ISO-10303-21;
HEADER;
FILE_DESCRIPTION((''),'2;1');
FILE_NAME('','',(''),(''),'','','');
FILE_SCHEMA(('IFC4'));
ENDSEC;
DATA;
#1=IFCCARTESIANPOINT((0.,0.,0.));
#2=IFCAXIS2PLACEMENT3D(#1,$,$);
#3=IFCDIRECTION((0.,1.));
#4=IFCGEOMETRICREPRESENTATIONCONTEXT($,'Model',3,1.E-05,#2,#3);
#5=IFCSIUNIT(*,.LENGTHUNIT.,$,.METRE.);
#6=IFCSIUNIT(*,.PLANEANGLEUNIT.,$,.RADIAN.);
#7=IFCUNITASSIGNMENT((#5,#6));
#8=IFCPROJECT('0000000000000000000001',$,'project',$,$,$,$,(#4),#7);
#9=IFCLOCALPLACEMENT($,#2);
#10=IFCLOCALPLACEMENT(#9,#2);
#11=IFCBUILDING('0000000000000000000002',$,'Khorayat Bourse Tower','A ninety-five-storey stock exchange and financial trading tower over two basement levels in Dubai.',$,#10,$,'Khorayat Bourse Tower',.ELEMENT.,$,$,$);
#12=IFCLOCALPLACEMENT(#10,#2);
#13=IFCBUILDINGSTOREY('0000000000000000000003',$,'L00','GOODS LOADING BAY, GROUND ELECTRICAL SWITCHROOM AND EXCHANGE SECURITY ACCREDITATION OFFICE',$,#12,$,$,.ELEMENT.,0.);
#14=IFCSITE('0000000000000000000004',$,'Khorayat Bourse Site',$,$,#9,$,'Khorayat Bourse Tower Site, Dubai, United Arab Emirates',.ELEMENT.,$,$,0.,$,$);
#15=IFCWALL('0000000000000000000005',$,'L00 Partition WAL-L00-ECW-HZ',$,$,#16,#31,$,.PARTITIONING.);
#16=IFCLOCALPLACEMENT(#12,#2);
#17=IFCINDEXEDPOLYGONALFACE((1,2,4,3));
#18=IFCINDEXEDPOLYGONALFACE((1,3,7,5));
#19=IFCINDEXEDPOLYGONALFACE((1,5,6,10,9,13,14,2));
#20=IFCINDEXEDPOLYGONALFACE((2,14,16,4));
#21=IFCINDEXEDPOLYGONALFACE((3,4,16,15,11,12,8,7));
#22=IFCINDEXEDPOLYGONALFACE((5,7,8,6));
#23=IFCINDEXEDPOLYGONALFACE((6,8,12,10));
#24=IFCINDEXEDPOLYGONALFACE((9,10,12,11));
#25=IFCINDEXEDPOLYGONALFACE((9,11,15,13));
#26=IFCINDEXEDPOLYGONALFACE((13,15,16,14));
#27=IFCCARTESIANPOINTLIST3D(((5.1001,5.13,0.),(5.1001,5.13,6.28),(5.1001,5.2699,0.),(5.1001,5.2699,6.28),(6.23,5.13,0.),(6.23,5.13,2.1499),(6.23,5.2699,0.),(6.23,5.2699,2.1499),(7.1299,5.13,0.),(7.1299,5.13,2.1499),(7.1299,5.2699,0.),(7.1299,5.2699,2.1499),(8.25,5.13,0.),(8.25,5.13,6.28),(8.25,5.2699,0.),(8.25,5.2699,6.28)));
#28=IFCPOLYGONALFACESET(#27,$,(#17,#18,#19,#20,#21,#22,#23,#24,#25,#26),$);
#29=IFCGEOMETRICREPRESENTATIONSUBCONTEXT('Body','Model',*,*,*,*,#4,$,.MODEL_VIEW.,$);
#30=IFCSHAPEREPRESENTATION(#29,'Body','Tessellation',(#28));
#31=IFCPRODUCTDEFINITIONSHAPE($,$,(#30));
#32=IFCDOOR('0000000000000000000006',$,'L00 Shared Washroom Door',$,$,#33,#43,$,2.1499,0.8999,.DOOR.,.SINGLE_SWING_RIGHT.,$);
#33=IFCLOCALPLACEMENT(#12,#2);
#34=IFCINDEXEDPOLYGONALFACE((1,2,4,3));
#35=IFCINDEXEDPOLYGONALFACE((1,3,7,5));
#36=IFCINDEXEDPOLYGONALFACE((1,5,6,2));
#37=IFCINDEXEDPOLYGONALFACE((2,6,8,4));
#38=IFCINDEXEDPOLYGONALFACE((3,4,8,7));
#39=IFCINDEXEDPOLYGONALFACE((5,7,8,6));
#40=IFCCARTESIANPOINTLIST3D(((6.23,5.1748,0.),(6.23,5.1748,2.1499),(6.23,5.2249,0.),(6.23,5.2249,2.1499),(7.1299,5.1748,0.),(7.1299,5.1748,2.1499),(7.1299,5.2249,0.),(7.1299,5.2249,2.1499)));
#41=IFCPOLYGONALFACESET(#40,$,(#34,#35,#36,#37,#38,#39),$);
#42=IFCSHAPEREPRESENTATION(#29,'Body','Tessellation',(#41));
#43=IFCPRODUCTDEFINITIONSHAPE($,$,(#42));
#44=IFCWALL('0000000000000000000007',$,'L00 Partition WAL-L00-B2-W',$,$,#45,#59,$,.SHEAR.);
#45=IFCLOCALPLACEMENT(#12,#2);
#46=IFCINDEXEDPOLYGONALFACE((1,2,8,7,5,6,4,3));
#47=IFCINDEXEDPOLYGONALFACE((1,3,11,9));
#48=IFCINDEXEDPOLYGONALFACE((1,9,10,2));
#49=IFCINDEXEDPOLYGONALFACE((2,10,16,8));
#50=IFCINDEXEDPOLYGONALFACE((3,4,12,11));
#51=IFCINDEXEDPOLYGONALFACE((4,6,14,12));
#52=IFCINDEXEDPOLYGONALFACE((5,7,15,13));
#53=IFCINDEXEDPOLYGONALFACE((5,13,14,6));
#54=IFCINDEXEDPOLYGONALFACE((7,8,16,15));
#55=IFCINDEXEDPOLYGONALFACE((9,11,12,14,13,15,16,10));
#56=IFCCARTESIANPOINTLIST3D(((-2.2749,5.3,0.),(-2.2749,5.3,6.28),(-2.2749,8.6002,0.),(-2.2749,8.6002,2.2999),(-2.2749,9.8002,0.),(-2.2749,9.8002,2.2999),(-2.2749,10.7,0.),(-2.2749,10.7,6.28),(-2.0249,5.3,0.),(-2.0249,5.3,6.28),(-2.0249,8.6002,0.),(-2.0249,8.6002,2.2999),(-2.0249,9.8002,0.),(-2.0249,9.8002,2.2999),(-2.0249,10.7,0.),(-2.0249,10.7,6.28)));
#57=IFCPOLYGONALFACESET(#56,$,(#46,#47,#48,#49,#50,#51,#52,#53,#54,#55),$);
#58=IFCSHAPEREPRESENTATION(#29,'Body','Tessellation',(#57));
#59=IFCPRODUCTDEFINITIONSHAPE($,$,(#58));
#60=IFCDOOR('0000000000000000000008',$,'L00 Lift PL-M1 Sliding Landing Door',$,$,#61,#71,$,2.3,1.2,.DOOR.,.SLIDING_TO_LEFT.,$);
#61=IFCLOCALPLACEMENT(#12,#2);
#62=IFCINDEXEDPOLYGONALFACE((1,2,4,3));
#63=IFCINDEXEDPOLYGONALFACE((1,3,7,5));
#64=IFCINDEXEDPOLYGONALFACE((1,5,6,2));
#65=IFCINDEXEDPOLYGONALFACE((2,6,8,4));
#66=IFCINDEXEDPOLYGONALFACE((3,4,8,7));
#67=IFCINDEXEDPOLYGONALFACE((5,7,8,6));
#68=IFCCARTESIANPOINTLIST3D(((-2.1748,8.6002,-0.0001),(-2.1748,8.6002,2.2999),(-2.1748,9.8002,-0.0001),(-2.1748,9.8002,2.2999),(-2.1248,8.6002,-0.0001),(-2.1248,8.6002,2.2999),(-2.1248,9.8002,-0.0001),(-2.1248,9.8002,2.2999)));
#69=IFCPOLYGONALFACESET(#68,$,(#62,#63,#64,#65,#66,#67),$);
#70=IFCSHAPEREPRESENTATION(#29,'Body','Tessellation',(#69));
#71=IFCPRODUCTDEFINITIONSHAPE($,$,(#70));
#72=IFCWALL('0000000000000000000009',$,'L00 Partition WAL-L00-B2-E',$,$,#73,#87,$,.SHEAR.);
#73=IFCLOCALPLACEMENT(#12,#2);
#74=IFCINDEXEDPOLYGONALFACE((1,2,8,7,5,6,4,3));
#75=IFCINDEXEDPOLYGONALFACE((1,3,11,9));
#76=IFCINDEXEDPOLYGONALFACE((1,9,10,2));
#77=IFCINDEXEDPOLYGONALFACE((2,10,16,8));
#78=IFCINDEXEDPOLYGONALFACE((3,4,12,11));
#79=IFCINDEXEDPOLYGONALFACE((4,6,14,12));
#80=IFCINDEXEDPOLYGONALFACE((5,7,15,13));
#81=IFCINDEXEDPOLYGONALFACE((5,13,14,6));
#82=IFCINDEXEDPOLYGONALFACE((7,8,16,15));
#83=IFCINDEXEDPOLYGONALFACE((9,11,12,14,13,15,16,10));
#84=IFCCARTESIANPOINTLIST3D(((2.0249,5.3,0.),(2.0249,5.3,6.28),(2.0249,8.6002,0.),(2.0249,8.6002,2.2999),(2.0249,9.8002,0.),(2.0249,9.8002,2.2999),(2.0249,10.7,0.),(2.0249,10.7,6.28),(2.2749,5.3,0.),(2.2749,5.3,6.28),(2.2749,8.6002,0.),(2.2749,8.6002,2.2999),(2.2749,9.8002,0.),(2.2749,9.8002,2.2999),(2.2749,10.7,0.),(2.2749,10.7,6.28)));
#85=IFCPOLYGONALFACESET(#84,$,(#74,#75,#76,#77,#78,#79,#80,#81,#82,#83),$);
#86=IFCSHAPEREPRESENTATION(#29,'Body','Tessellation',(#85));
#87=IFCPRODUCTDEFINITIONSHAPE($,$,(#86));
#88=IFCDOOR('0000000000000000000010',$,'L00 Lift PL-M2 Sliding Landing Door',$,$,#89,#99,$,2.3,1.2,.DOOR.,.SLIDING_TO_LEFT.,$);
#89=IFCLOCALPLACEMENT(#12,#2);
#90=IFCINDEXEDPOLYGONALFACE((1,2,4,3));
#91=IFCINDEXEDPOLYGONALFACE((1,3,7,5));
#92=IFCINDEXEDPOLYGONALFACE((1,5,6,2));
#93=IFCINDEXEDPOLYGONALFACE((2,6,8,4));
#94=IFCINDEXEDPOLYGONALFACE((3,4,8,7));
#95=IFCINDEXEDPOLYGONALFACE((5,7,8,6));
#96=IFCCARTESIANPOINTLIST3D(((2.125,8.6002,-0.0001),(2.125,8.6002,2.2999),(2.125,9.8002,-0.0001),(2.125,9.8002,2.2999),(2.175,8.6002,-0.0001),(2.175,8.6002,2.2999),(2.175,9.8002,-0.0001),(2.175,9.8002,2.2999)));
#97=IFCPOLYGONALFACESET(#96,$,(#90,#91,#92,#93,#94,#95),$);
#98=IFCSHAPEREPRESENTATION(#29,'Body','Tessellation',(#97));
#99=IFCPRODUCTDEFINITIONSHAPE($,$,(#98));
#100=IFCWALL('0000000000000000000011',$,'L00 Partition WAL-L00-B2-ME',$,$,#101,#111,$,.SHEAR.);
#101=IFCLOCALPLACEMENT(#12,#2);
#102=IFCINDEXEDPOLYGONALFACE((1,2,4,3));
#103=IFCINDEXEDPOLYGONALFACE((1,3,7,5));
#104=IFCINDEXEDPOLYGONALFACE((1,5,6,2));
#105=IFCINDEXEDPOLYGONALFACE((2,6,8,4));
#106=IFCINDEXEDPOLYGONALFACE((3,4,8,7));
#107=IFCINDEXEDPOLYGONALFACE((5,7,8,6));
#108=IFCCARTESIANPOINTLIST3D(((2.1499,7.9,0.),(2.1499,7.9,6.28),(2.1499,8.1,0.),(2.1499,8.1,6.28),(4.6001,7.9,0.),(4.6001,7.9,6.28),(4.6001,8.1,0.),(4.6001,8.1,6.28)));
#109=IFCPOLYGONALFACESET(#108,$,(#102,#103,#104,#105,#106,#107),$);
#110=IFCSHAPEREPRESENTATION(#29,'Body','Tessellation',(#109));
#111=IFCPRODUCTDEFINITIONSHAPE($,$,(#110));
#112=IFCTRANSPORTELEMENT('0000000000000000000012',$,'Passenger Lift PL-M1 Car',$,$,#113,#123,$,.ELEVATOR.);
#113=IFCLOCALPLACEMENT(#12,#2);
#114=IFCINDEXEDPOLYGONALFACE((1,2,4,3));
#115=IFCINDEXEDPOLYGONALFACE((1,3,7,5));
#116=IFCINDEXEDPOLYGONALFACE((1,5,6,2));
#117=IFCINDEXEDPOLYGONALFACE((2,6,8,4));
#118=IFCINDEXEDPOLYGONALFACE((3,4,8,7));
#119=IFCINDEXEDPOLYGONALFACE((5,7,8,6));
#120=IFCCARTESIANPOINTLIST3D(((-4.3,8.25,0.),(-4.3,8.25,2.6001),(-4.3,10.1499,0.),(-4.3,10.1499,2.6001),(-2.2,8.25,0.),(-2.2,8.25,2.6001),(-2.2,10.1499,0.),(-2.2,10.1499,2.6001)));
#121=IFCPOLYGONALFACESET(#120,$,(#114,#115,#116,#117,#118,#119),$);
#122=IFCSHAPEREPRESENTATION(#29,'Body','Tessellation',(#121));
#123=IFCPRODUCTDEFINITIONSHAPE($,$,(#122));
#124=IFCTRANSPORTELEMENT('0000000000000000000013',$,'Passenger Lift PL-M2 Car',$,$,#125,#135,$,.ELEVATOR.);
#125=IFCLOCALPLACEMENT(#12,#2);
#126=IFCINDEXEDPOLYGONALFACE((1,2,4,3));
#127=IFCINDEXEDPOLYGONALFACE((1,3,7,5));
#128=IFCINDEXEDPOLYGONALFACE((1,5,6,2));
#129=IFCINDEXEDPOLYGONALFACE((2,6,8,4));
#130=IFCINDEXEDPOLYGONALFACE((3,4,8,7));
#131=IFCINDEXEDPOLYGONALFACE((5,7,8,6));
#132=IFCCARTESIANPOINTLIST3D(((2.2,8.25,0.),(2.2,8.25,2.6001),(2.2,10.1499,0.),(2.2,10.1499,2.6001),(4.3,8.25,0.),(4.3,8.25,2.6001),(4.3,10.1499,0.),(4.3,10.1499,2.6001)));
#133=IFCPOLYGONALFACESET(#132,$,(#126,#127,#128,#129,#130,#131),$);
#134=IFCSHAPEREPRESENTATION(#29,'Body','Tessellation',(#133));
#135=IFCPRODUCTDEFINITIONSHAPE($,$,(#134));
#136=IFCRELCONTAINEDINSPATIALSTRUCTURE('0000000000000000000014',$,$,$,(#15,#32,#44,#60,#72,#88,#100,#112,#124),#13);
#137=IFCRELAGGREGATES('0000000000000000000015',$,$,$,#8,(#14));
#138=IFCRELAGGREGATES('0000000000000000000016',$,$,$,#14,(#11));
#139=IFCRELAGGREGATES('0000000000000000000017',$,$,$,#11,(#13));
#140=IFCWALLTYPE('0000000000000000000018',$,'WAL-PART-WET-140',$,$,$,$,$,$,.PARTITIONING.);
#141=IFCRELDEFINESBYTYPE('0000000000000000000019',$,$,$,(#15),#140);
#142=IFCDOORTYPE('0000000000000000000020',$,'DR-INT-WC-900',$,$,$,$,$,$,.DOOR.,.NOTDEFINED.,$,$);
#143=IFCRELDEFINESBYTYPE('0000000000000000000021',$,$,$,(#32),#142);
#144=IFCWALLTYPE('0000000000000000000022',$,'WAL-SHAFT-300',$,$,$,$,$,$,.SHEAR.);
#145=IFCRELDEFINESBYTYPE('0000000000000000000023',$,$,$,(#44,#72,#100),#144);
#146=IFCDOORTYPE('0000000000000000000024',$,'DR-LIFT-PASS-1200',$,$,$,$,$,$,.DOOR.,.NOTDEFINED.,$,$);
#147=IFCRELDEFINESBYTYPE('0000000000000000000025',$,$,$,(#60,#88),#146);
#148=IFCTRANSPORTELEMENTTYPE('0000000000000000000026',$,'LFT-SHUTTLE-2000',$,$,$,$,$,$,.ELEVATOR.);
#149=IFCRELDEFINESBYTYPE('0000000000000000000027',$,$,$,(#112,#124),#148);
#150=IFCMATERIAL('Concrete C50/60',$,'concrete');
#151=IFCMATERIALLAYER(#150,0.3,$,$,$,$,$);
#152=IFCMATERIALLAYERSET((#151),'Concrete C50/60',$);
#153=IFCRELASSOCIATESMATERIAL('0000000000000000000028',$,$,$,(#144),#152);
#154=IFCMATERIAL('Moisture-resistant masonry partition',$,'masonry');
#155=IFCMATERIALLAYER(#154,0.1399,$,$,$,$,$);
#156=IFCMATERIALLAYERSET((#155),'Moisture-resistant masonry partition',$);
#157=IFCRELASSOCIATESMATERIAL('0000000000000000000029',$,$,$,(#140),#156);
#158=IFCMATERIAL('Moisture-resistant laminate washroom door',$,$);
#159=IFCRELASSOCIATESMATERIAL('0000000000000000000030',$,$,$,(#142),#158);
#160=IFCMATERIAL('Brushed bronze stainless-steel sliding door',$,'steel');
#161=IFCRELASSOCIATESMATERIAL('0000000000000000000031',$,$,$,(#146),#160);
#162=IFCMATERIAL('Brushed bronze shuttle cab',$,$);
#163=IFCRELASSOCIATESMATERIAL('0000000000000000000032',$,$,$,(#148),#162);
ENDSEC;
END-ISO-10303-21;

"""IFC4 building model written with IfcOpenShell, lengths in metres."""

from ifc_helpers import new_model, si_unit, direction, frame, frame_2d, origin, origin_2d, place, context, subcontext, project, spatial, rectangle, extrude, source, transform, mapped, material, layer, layer_set, type_object, element, fill, save


model = new_model("IFC4")

# Units and contexts
model_context = context("Model", 3, precision=1e-05, world=origin(), true_north=direction((0.0, 1.0)))
body_context = subcontext(model_context, "Body", "Model", "MODEL_VIEW")
ifc_project = project(units=[si_unit("LENGTHUNIT", "METRE"), si_unit("PLANEANGLEUNIT", "RADIAN")], contexts=[model_context])

# Site, building, storey
site_placement = place(None, origin())
site = spatial("IfcSite", under=ifc_project, at=site_placement, Name="Khorayat Bourse Site", LongName="Khorayat Bourse Tower Site, Dubai, United Arab Emirates", CompositionType="ELEMENT", RefElevation=0.0)
building_placement = place(site_placement, origin())
building = spatial("IfcBuilding", under=site, at=building_placement, Name="Khorayat Bourse Tower", Description="A ninety-five-storey stock exchange and financial trading tower over two basement levels in Dubai.", LongName="Khorayat Bourse Tower", CompositionType="ELEMENT")
storey_placement = place(building_placement, origin())
storey = spatial("IfcBuildingStorey", under=building, at=storey_placement, Name="L00", Description="GOODS LOADING BAY, GROUND ELECTRICAL SWITCHROOM AND EXCHANGE SECURITY ACCREDITATION OFFICE", CompositionType="ELEMENT", Elevation=0.0)

# Shared definitions
ifc_material_1 = material(Name="Concrete C50/60", Category="concrete")
ifc_layer_1 = layer(ifc_material_1, 0.3)
ifc_layer_set_1 = layer_set([ifc_layer_1], Name="Concrete C50/60")
wall_type_1 = type_object("IfcWallType", Name="WAL-SHAFT-300", PredefinedType="SHEAR", material=ifc_layer_set_1)

# Walls, openings, doors
ifc_material_2 = material(Name="Moisture-resistant masonry partition", Category="masonry")
ifc_layer_2 = layer(ifc_material_2, 0.1399)
ifc_layer_set_2 = layer_set([ifc_layer_2], Name="Moisture-resistant masonry partition")
wall_type_2 = type_object("IfcWallType", Name="WAL-PART-WET-140", PredefinedType="PARTITIONING", material=ifc_layer_set_2)
shared_shape_1 = source(origin(), body_context, "Body", "SweptSolid", [
    extrude(rectangle(XDim=3.1499, YDim=0.1399, at=frame_2d((1.575, 0.0))), origin(), (0.0, 0.0, 1.0), 6.28),
])
shared_shape_2 = source(origin(), body_context, "Body", "SweptSolid", [
    extrude(rectangle(XDim=0.8999, YDim=2.1499, at=frame_2d((0.45, 1.075))), frame((0.0, 0.0798, 0.0), z_axis=(0.0, -1.0, 0.0), x_axis=(1.0, 0.0, 0.0)), (0.0, 0.0, 1.0), 0.1599),
])
ifc_material_3 = material(Name="Moisture-resistant laminate washroom door")
door_type_1 = type_object("IfcDoorType", Name="DR-INT-WC-900", OperationType="NOTDEFINED", PredefinedType="DOOR", material=ifc_material_3)
shared_shape_3 = source(origin(), body_context, "Body", "SweptSolid", [
    extrude(rectangle(XDim=0.8999, YDim=2.1499, at=frame_2d((0.45, 1.075))), frame((0.0, 0.0249, 0.0), z_axis=(0.0, -1.0, 0.0), x_axis=(1.0, 0.0, 0.0)), (0.0, 0.0, 1.0), 0.05),
])
wall_1_placement = place(storey_placement, frame((5.1001, 5.2, 0.0), z_axis=(0.0, 0.0, 1.0), x_axis=(1.0, 0.0, 0.0)))
wall_1 = element("IfcWall", 1, at=wall_1_placement, inside=storey, type_object=wall_type_2, Name="L00 Partition WAL-L00-ECW-HZ", PredefinedType="PARTITIONING", context=body_context, shape_type="MappedRepresentation", body=[
    mapped(shared_shape_1, transform((0.0, 0.0, 0.0), scale=1.0)),
])
opening_1_placement = place(wall_1_placement, frame((1.1299, 0.0, 0.0)))
opening_1 = element("IfcOpeningElement", 2, at=opening_1_placement, cuts=wall_1, PredefinedType="OPENING", context=body_context, shape_type="MappedRepresentation", body=[
    mapped(shared_shape_2, transform((0.0, 0.0, 0.0), scale=1.0)),
])
door_1_placement = place(opening_1_placement, origin())
door_1 = element("IfcDoor", 3, at=door_1_placement, inside=storey, type_object=door_type_1, Name="L00 Shared Washroom Door", OperationType="SINGLE_SWING_RIGHT", OverallHeight=2.1499, OverallWidth=0.8999, PredefinedType="DOOR", context=body_context, shape_type="MappedRepresentation", body=[
    mapped(shared_shape_3, transform((0.0, 0.0, 0.0), scale=1.0)),
])
fill(opening_1, door_1)
shared_shape_4 = source(origin(), body_context, "Body", "SweptSolid", [
    extrude(rectangle(XDim=5.3999, YDim=0.25, at=frame_2d((2.7, 0.0))), origin(), (0.0, 0.0, 1.0), 6.28),
])
wall_2_placement = place(storey_placement, frame((-2.1499, 5.3, 0.0), z_axis=(0.0, 0.0, 1.0), x_axis=(0.0, 1.0, 0.0)))
wall_2 = element("IfcWall", 4, at=wall_2_placement, inside=storey, type_object=wall_type_1, Name="L00 Partition WAL-L00-B2-W", PredefinedType="SHEAR", context=body_context, shape_type="MappedRepresentation", body=[
    mapped(shared_shape_4, transform((0.0, 0.0, 0.0), scale=1.0)),
])
shared_shape_5 = source(origin(), body_context, "Body", "SweptSolid", [
    extrude(rectangle(XDim=1.2, YDim=2.3, at=frame_2d((0.6001, 1.1499))), frame((0.0, 0.135, 0.0), z_axis=(0.0, -1.0, 0.0), x_axis=(1.0, 0.0, 0.0)), (0.0, 0.0, 1.0), 0.27),
])
opening_2_placement = place(wall_2_placement, frame((3.3, 0.0, 0.0)))
opening_2 = element("IfcOpeningElement", 5, at=opening_2_placement, cuts=wall_2, PredefinedType="OPENING", context=body_context, shape_type="MappedRepresentation", body=[
    mapped(shared_shape_5, transform((0.0, 0.0, 0.0), scale=1.0)),
])
ifc_material_4 = material(Name="Brushed bronze stainless-steel sliding door", Category="steel")
door_type_2 = type_object("IfcDoorType", Name="DR-LIFT-PASS-1200", OperationType="NOTDEFINED", PredefinedType="DOOR", material=ifc_material_4)
shared_shape_6 = source(origin(), body_context, "Body", "SweptSolid", [
    extrude(rectangle(XDim=1.2, YDim=2.3, at=frame_2d((0.6001, 1.1499))), frame((0.0, 0.0249, 0.0), z_axis=(0.0, -1.0, 0.0), x_axis=(1.0, 0.0, 0.0)), (0.0, 0.0, 1.0), 0.05),
])
door_2_placement = place(opening_2_placement, origin())
door_2 = element("IfcDoor", 6, at=door_2_placement, inside=storey, type_object=door_type_2, Name="L00 Lift PL-M1 Sliding Landing Door", OperationType="SLIDING_TO_LEFT", OverallHeight=2.3, OverallWidth=1.2, PredefinedType="DOOR", context=body_context, shape_type="MappedRepresentation", body=[
    mapped(shared_shape_6, transform((0.0, 0.0, 0.0), scale=1.0)),
])
fill(opening_2, door_2)
wall_3_placement = place(storey_placement, frame((2.1499, 5.3, 0.0), z_axis=(0.0, 0.0, 1.0), x_axis=(0.0, 1.0, 0.0)))
wall_3 = element("IfcWall", 7, at=wall_3_placement, inside=storey, type_object=wall_type_1, Name="L00 Partition WAL-L00-B2-E", PredefinedType="SHEAR", context=body_context, shape_type="MappedRepresentation", body=[
    mapped(shared_shape_4, transform((0.0, 0.0, 0.0), scale=1.0)),
])
opening_3_placement = place(wall_3_placement, frame((3.3, 0.0, 0.0)))
opening_3 = element("IfcOpeningElement", 8, at=opening_3_placement, cuts=wall_3, PredefinedType="OPENING", context=body_context, shape_type="MappedRepresentation", body=[
    mapped(shared_shape_5, transform((0.0, 0.0, 0.0), scale=1.0)),
])
door_3_placement = place(opening_3_placement, origin())
door_3 = element("IfcDoor", 9, at=door_3_placement, inside=storey, type_object=door_type_2, Name="L00 Lift PL-M2 Sliding Landing Door", OperationType="SLIDING_TO_LEFT", OverallHeight=2.3, OverallWidth=1.2, PredefinedType="DOOR", context=body_context, shape_type="MappedRepresentation", body=[
    mapped(shared_shape_6, transform((0.0, 0.0, 0.0), scale=1.0)),
])
fill(opening_3, door_3)

# Wall
shared_shape_7 = source(origin(), body_context, "Body", "SweptSolid", [
    extrude(rectangle(XDim=2.4502, YDim=0.2, at=frame_2d((1.2251, 0.0))), origin(), (0.0, 0.0, 1.0), 6.28),
])
wall_4_placement = place(storey_placement, frame((2.1499, 8.0, 0.0), z_axis=(0.0, 0.0, 1.0), x_axis=(1.0, 0.0, 0.0)))
element("IfcWall", 10, at=wall_4_placement, inside=storey, type_object=wall_type_1, Name="L00 Partition WAL-L00-B2-ME", PredefinedType="SHEAR", context=body_context, shape_type="MappedRepresentation", body=[
    mapped(shared_shape_7, transform((0.0, 0.0, 0.0), scale=1.0)),
])

# Transport elements
ifc_material_5 = material(Name="Brushed bronze shuttle cab")
transport_element_type = type_object("IfcTransportElementType", Name="LFT-SHUTTLE-2000", PredefinedType="ELEVATOR", material=ifc_material_5)
shared_shape_8 = source(origin(), body_context, "Body", "SweptSolid", [
    extrude(rectangle(XDim=2.1001, YDim=1.8999, at=origin_2d()), origin(), (0.0, 0.0, 1.0), 2.6001),
])
for number, where, z_axis, x_axis, name in (
    (11, (-3.25, 9.2, 0.0), (0.0, 0.0, 1.0), (1.0, 0.0, 0.0), "Passenger Lift PL-M1 Car"),
    (12, (3.25, 9.2, 0.0), (0.0, 0.0, 1.0), (1.0, 0.0, 0.0), "Passenger Lift PL-M2 Car"),
):
    element("IfcTransportElement", number, at=place(storey_placement, frame(where, z_axis=z_axis, x_axis=x_axis)), inside=storey, type_object=transport_element_type, Name=name, PredefinedType="ELEVATOR", context=body_context, shape_type="MappedRepresentation", body=[
        mapped(shared_shape_8, transform((0.0, 0.0, 0.0), scale=1.0)),
    ])

save(model, "model.ifc")
